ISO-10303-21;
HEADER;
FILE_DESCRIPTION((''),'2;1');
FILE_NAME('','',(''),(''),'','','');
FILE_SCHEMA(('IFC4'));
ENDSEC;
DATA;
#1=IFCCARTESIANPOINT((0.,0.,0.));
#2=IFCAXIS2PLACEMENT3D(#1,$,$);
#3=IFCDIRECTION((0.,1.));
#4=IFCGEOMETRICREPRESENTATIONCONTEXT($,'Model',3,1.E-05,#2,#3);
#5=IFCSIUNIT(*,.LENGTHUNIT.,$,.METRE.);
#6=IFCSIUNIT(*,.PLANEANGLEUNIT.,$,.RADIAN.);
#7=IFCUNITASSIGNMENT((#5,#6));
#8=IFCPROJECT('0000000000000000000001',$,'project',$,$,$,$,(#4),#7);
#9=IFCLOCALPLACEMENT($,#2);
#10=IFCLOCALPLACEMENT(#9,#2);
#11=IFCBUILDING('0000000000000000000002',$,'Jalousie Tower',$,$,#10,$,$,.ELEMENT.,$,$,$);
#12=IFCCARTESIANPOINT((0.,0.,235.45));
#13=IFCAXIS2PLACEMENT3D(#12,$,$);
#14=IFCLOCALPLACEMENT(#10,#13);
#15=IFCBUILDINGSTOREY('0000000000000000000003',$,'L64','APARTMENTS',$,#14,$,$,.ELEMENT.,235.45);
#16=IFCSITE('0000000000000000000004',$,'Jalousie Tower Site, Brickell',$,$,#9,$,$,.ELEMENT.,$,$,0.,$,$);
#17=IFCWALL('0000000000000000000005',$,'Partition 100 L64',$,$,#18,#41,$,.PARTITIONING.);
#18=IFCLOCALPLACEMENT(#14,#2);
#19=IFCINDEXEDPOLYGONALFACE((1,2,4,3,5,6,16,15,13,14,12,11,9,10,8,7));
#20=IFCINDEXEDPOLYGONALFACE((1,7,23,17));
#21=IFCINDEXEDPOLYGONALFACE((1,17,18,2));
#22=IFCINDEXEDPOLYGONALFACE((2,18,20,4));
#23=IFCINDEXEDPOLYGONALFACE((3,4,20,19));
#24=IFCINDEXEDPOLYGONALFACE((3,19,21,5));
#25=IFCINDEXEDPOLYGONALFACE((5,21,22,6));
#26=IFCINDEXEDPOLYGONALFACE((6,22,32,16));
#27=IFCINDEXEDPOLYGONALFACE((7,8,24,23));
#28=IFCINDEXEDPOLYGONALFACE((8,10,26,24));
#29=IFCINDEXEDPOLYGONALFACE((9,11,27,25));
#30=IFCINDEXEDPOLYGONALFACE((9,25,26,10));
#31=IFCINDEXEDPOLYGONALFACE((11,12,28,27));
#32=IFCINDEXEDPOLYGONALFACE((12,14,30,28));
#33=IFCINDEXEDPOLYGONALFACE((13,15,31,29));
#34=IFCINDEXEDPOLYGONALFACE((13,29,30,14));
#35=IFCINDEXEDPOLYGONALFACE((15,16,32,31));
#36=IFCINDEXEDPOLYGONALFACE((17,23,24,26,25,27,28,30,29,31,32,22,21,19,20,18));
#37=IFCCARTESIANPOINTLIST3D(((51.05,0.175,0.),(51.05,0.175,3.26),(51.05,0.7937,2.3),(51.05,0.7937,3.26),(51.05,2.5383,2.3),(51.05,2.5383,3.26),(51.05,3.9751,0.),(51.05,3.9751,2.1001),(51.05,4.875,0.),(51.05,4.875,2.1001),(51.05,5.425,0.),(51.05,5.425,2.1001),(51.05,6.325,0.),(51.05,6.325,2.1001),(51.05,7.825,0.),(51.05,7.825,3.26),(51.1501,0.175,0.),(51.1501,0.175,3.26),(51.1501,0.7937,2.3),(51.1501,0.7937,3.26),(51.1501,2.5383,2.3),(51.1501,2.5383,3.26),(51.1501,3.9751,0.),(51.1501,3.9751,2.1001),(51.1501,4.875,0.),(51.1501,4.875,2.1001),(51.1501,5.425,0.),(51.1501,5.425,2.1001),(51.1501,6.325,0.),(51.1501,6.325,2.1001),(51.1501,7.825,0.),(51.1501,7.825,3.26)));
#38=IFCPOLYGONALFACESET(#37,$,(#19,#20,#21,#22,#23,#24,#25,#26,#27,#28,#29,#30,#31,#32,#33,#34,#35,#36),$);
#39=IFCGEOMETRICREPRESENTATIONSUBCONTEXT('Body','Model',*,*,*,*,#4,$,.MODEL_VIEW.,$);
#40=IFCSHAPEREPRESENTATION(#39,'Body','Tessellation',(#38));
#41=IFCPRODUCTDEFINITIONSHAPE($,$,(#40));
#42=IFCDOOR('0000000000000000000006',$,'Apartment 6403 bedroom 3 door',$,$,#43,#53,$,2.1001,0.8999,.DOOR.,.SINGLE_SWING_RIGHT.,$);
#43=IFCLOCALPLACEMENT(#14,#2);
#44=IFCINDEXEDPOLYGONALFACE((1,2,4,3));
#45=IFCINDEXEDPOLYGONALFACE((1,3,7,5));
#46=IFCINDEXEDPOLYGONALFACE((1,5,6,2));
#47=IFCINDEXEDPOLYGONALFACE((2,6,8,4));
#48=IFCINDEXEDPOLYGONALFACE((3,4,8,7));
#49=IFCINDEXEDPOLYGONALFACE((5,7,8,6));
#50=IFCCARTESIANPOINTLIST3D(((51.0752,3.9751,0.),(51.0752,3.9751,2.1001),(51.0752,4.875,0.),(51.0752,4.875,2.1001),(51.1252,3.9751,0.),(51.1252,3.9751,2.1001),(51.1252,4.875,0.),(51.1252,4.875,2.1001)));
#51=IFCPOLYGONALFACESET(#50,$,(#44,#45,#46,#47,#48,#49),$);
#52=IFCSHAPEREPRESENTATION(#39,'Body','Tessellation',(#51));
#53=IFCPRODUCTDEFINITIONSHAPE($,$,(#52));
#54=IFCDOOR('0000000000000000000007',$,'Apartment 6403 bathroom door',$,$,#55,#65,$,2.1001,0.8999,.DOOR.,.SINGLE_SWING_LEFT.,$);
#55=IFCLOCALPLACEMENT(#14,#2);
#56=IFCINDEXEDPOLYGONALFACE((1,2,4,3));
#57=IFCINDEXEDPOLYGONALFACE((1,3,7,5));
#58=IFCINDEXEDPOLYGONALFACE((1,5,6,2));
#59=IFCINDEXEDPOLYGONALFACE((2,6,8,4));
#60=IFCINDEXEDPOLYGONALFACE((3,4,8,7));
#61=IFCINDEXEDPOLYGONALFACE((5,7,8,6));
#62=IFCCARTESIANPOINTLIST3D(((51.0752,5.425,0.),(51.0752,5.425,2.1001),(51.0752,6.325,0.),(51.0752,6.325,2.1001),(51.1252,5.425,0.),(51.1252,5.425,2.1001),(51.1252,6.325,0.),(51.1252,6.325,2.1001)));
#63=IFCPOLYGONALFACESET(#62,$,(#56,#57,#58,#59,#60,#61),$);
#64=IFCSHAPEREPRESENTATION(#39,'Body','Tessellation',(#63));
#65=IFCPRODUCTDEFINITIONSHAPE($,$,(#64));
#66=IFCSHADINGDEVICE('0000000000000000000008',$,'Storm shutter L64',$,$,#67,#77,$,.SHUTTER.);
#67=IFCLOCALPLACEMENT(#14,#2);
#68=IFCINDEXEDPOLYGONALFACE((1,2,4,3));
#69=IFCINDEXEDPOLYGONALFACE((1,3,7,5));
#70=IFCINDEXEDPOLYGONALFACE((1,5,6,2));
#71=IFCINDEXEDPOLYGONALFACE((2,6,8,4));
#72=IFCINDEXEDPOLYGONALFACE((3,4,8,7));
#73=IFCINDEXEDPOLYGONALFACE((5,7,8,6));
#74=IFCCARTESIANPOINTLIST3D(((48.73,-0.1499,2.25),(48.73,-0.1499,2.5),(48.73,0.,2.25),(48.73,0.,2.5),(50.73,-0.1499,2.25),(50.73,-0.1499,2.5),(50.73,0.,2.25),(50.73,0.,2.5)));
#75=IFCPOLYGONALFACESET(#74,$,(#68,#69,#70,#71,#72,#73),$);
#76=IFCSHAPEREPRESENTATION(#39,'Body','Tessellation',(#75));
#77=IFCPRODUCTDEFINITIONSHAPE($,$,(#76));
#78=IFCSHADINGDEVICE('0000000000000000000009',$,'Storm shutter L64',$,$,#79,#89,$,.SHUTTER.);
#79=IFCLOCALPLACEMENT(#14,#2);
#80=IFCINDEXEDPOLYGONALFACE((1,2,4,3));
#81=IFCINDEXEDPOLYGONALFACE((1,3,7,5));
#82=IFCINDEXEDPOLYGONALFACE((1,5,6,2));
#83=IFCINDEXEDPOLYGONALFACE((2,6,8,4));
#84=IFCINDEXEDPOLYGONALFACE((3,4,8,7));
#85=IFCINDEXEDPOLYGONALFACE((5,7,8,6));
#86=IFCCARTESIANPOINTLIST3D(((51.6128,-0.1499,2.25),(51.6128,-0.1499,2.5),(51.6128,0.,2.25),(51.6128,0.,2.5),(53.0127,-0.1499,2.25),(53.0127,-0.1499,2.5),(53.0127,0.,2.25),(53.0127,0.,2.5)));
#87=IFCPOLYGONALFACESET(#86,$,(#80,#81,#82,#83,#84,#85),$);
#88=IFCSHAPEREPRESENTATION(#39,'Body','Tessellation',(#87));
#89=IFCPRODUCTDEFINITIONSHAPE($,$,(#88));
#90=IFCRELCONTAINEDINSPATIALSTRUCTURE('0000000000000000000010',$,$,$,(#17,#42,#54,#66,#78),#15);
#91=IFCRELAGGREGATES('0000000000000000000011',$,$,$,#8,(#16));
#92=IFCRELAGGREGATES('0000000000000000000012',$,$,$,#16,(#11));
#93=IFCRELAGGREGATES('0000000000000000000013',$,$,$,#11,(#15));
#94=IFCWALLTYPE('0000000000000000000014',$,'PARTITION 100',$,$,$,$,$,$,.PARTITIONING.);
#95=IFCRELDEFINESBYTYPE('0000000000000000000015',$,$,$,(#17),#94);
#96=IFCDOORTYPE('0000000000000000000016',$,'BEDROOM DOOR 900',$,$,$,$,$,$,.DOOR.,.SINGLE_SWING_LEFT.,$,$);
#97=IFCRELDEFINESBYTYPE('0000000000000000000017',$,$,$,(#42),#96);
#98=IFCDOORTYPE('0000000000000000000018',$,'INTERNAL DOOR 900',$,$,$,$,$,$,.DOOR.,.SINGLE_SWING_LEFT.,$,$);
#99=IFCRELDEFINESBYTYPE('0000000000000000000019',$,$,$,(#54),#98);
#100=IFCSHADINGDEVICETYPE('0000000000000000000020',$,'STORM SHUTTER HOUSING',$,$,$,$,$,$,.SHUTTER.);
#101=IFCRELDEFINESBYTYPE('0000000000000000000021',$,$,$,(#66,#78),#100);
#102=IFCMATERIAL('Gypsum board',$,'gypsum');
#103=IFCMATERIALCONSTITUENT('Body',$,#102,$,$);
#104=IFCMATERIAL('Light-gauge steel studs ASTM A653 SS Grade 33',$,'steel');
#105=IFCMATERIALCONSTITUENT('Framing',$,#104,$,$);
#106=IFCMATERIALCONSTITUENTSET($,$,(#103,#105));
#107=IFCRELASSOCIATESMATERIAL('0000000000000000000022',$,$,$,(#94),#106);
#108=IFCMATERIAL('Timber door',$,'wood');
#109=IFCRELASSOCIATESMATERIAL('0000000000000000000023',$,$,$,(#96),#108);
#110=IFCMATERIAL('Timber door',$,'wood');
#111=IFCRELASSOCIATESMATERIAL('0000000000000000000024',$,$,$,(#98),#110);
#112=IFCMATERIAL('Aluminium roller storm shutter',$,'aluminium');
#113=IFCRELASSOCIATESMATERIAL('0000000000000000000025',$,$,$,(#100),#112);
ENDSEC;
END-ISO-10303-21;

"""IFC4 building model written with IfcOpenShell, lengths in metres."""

from ifc_helpers import new_model, si_unit, direction, frame, frame_2d, origin, origin_2d, place, context, subcontext, project, spatial, polyline, rectangle, outline, extrude, material, constituent, constituent_set, type_object, element, fill, save


model = new_model("IFC4")

# Units and contexts
model_context = context("Model", 3, precision=1e-05, world=origin(), true_north=direction((0.0, 1.0)))
body_context = subcontext(model_context, "Body", "Model", "MODEL_VIEW")
ifc_project = project(units=[si_unit("LENGTHUNIT", "METRE"), si_unit("PLANEANGLEUNIT", "RADIAN")], contexts=[model_context])

# Site, building, storey
site_placement = place(None, origin())
site = spatial("IfcSite", under=ifc_project, at=site_placement, Name="Jalousie Tower Site, Brickell", CompositionType="ELEMENT", RefElevation=0.0)
building_placement = place(site_placement, origin())
building = spatial("IfcBuilding", under=site, at=building_placement, Name="Jalousie Tower", CompositionType="ELEMENT")
storey_placement = place(building_placement, frame((0.0, 0.0, 235.45)))
storey = spatial("IfcBuildingStorey", under=building, at=storey_placement, Name="L64", Description="APARTMENTS", CompositionType="ELEMENT", Elevation=235.45)

# Wall, openings, doors
ifc_material_1 = material(Name="Gypsum board", Category="gypsum")
ifc_constituent_1 = constituent(ifc_material_1, Name="Body")
ifc_material_2 = material(Name="Light-gauge steel studs ASTM A653 SS Grade 33", Category="steel")
ifc_constituent_2 = constituent(ifc_material_2, Name="Framing")
ifc_constituent_set = constituent_set(constituents=[ifc_constituent_1, ifc_constituent_2])
wall_type = type_object("IfcWallType", Name="PARTITION 100", PredefinedType="PARTITIONING", material=ifc_constituent_set)
wall_placement = place(storey_placement, frame((51.1001, 0.175, 0.0), z_axis=(0.0, 0.0, 1.0), x_axis=(0.0, 1.0, 0.0)))
wall = element("IfcWall", 1, at=wall_placement, inside=storey, type_object=wall_type, Name="Partition 100 L64", PredefinedType="PARTITIONING", context=body_context, shape_type="SweptSolid", body=[
    extrude(outline(polyline([(0.0, 0.0), (7.6499, 0.0), (7.6499, 3.26), (2.3633, 3.26), (2.3633, 2.3), (0.6187, 2.3), (0.6187, 3.26), (0.0, 3.26), (0.0, 0.0)])), frame((0.0, 0.05, 0.0), z_axis=(0.0, -1.0, 0.0), x_axis=(1.0, 0.0, 0.0)), (0.0, 0.0, 1.0), 0.1001),
])
opening_1_placement = place(wall_placement, frame((3.8, 0.0, 0.0)))
opening_1 = element("IfcOpeningElement", 2, at=opening_1_placement, cuts=wall, PredefinedType="OPENING", context=body_context, shape_type="SweptSolid", body=[
    extrude(rectangle(XDim=0.8999, YDim=2.1001, at=frame_2d((0.45, 1.05))), frame((0.0, 0.0601, 0.0), z_axis=(0.0, -1.0, 0.0), x_axis=(1.0, 0.0, 0.0)), (0.0, 0.0, 1.0), 0.1201),
])
opening_2_placement = place(wall_placement, frame((5.25, 0.0, 0.0)))
opening_2 = element("IfcOpeningElement", 3, at=opening_2_placement, cuts=wall, PredefinedType="OPENING", context=body_context, shape_type="SweptSolid", body=[
    extrude(rectangle(XDim=0.8999, YDim=2.1001, at=frame_2d((0.45, 1.05))), frame((0.0, 0.0601, 0.0), z_axis=(0.0, -1.0, 0.0), x_axis=(1.0, 0.0, 0.0)), (0.0, 0.0, 1.0), 0.1201),
])
ifc_material_3 = material(Name="Timber door", Category="wood")
door_type_1 = type_object("IfcDoorType", Name="BEDROOM DOOR 900", OperationType="SINGLE_SWING_LEFT", PredefinedType="DOOR", material=ifc_material_3)
door_1_placement = place(opening_1_placement, origin())
door_1 = element("IfcDoor", 4, at=door_1_placement, inside=storey, type_object=door_type_1, Name="Apartment 6403 bedroom 3 door", OperationType="SINGLE_SWING_RIGHT", OverallHeight=2.1001, OverallWidth=0.8999, PredefinedType="DOOR", context=body_context, shape_type="SweptSolid", body=[
    extrude(rectangle(XDim=0.8999, YDim=2.1001, at=frame_2d((0.45, 1.05))), frame((0.0, 0.0249, 0.0), z_axis=(0.0, -1.0, 0.0), x_axis=(1.0, 0.0, 0.0)), (0.0, 0.0, 1.0), 0.05),
])
fill(opening_1, door_1)
ifc_material_4 = material(Name="Timber door", Category="wood")
door_type_2 = type_object("IfcDoorType", Name="INTERNAL DOOR 900", OperationType="SINGLE_SWING_LEFT", PredefinedType="DOOR", material=ifc_material_4)
door_2_placement = place(opening_2_placement, origin())
door_2 = element("IfcDoor", 5, at=door_2_placement, inside=storey, type_object=door_type_2, Name="Apartment 6403 bathroom door", OperationType="SINGLE_SWING_LEFT", OverallHeight=2.1001, OverallWidth=0.8999, PredefinedType="DOOR", context=body_context, shape_type="SweptSolid", body=[
    extrude(rectangle(XDim=0.8999, YDim=2.1001, at=frame_2d((0.45, 1.05))), frame((0.0, 0.0249, 0.0), z_axis=(0.0, -1.0, 0.0), x_axis=(1.0, 0.0, 0.0)), (0.0, 0.0, 1.0), 0.05),
])
fill(opening_2, door_2)

# Shading devices
ifc_material_5 = material(Name="Aluminium roller storm shutter", Category="aluminium")
shading_device_type = type_object("IfcShadingDeviceType", Name="STORM SHUTTER HOUSING", PredefinedType="SHUTTER", material=ifc_material_5)
shading_device_1_placement = place(storey_placement, frame((49.73, -0.075, 2.25), z_axis=(0.0, 0.0, 1.0), x_axis=(1.0, 0.0, 0.0)))
element("IfcShadingDevice", 6, at=shading_device_1_placement, inside=storey, type_object=shading_device_type, Name="Storm shutter L64", PredefinedType="SHUTTER", context=body_context, shape_type="SweptSolid", body=[
    extrude(rectangle(XDim=2.0, YDim=0.1499, at=origin_2d()), origin(), (0.0, 0.0, 1.0), 0.25),
])
shading_device_2_placement = place(storey_placement, frame((52.3127, -0.075, 2.25), z_axis=(0.0, 0.0, 1.0), x_axis=(1.0, 0.0, 0.0)))
element("IfcShadingDevice", 7, at=shading_device_2_placement, inside=storey, type_object=shading_device_type, Name="Storm shutter L64", PredefinedType="SHUTTER", context=body_context, shape_type="SweptSolid", body=[
    extrude(rectangle(XDim=1.3999, YDim=0.1499, at=origin_2d()), origin(), (0.0, 0.0, 1.0), 0.25),
])

save(model, "model.ifc")
